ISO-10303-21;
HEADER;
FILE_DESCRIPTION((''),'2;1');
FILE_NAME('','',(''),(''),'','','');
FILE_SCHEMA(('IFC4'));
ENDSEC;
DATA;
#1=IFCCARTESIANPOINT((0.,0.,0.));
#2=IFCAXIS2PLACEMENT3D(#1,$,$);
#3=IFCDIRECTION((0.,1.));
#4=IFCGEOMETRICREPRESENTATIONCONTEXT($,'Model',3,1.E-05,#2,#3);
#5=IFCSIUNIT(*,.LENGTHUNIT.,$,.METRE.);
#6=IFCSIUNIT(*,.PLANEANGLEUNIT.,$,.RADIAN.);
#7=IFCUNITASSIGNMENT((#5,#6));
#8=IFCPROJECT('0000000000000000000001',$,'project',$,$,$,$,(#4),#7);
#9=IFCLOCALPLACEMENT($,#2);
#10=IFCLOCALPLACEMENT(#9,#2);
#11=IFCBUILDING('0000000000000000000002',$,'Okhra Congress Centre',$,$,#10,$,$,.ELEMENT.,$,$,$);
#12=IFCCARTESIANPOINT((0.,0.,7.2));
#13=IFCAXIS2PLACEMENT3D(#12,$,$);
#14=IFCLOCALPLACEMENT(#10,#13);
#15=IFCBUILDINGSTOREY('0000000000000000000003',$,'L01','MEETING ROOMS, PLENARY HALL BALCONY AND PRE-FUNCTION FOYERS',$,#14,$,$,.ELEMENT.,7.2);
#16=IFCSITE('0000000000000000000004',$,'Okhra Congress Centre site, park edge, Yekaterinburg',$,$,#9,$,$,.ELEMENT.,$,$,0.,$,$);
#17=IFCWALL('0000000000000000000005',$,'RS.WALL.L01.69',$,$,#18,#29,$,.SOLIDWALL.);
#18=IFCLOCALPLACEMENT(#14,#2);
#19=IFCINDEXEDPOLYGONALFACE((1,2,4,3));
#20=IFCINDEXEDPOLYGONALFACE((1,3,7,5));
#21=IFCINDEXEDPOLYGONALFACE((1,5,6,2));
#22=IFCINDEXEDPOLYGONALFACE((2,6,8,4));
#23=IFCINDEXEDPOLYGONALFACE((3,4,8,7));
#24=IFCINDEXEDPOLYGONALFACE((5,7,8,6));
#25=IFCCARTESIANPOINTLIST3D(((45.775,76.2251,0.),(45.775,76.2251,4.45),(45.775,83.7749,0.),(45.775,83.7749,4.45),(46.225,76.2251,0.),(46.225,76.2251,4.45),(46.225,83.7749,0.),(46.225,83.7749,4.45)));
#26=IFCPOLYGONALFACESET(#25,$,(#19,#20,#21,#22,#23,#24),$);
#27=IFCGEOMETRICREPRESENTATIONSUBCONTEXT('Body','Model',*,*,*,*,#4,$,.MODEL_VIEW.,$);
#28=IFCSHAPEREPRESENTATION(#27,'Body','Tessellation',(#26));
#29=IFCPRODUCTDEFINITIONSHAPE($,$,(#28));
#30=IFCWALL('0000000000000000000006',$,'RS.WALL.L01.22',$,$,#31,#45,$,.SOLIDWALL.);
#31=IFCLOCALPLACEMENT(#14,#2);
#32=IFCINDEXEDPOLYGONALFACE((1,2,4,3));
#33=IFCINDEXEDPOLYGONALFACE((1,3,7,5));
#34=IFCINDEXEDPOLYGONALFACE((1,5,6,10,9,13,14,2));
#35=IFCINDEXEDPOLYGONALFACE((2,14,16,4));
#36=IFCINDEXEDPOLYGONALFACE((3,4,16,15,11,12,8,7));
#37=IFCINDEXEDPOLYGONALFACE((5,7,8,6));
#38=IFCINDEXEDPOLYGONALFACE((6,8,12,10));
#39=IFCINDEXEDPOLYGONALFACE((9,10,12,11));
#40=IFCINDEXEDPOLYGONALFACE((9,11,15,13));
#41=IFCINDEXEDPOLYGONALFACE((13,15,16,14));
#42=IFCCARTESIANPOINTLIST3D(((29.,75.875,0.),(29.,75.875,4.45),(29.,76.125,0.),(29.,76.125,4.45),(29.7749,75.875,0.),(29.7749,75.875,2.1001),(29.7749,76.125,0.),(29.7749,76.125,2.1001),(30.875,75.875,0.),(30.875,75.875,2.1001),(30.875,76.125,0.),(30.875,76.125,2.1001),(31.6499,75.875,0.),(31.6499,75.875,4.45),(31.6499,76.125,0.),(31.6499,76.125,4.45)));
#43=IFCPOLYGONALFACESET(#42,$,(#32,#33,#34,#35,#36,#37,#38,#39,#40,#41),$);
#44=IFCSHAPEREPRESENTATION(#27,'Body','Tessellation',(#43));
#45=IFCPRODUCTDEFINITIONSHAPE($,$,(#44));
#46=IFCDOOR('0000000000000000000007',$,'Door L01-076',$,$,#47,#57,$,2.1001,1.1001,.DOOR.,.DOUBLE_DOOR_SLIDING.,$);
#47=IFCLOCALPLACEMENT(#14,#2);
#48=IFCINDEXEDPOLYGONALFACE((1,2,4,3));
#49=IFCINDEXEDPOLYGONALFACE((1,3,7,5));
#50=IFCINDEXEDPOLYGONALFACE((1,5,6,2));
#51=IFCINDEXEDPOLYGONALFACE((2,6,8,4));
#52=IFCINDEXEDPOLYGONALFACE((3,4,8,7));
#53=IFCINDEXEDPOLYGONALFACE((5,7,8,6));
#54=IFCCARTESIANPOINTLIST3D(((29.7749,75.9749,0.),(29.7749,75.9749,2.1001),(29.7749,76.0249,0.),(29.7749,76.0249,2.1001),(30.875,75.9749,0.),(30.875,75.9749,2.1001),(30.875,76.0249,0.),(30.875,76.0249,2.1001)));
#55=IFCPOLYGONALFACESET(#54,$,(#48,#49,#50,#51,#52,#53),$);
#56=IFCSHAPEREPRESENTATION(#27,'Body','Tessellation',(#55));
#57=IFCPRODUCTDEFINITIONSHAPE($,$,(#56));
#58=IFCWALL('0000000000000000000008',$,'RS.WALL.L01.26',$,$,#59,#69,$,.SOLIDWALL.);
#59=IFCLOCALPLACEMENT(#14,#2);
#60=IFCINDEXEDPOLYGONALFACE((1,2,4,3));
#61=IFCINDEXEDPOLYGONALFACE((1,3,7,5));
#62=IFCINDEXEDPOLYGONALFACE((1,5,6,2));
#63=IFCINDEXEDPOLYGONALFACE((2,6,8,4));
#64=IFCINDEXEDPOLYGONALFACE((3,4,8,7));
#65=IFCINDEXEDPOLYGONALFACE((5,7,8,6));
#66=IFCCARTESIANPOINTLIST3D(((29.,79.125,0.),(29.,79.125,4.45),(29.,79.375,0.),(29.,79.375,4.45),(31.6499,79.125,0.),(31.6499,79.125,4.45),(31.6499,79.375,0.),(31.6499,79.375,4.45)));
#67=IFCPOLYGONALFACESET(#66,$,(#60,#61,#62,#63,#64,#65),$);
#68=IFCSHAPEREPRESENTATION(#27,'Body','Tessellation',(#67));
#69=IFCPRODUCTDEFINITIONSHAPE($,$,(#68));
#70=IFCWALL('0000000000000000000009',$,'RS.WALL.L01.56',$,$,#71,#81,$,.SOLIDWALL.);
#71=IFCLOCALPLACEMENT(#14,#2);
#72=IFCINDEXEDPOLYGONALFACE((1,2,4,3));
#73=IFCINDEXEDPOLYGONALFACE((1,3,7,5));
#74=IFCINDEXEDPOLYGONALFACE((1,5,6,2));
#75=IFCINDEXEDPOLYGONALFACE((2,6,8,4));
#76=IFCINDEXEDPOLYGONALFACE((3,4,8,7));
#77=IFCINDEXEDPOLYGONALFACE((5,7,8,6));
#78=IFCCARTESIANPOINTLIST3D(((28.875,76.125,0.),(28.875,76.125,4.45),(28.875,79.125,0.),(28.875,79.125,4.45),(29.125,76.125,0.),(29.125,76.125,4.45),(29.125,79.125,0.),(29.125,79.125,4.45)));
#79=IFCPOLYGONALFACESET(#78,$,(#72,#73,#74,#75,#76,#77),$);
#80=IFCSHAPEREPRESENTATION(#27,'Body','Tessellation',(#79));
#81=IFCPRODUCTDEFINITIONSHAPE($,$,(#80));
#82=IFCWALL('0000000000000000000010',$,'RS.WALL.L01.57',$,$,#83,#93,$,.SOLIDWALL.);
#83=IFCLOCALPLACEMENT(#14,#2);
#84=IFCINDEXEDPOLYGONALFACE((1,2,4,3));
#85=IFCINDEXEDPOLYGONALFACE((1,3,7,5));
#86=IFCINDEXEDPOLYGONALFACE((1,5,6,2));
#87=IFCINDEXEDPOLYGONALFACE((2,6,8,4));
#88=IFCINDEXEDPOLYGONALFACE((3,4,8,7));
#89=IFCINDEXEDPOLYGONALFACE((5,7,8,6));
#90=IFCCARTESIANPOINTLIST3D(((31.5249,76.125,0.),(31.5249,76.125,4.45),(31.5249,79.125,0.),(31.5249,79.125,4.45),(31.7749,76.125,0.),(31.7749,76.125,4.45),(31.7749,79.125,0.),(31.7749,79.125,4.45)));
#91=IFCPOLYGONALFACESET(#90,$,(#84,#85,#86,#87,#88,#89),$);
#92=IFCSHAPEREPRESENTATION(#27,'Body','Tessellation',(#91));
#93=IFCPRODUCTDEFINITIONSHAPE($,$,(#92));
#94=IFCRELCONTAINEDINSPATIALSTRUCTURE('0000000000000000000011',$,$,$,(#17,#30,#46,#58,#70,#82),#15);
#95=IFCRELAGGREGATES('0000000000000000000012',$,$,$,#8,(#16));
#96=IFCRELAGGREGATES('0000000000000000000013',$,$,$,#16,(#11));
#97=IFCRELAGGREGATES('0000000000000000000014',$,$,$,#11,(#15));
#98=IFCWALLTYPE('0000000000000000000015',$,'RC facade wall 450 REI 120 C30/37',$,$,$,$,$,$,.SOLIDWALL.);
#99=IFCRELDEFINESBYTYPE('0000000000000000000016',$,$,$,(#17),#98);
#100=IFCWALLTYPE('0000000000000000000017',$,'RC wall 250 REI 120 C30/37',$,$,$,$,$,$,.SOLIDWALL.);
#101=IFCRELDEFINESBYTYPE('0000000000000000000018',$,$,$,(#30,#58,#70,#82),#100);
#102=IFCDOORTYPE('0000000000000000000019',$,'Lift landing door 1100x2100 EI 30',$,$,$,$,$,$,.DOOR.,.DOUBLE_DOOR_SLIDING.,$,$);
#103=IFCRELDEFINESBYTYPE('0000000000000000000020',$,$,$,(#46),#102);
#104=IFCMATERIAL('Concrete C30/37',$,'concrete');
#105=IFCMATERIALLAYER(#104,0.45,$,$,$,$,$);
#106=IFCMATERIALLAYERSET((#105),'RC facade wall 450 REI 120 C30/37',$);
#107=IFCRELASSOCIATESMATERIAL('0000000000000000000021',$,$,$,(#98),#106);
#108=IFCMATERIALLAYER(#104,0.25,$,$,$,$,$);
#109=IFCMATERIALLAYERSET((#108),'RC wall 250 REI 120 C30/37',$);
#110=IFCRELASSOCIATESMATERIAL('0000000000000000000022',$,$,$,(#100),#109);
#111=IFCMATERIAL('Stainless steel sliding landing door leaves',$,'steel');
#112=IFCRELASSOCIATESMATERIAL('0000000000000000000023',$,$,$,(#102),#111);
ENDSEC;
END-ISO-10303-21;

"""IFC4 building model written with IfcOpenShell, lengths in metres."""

from ifc_helpers import new_model, si_unit, direction, frame, frame_2d, origin, place, context, subcontext, project, spatial, rectangle, extrude, material, layer, layer_set, type_object, element, fill, save


model = new_model("IFC4")

# Units and contexts
model_context = context("Model", 3, precision=1e-05, world=origin(), true_north=direction((0.0, 1.0)))
body_context = subcontext(model_context, "Body", "Model", "MODEL_VIEW")
ifc_project = project(units=[si_unit("LENGTHUNIT", "METRE"), si_unit("PLANEANGLEUNIT", "RADIAN")], contexts=[model_context])

# Site, building, storey
site_placement = place(None, origin())
site = spatial("IfcSite", under=ifc_project, at=site_placement, Name="Okhra Congress Centre site, park edge, Yekaterinburg", CompositionType="ELEMENT", RefElevation=0.0)
building_placement = place(site_placement, origin())
building = spatial("IfcBuilding", under=site, at=building_placement, Name="Okhra Congress Centre", CompositionType="ELEMENT")
storey_placement = place(building_placement, frame((0.0, 0.0, 7.2)))
storey = spatial("IfcBuildingStorey", under=building, at=storey_placement, Name="L01", Description="MEETING ROOMS, PLENARY HALL BALCONY AND PRE-FUNCTION FOYERS", CompositionType="ELEMENT", Elevation=7.2)

# Wall
ifc_material_1 = material(Name="Concrete C30/37", Category="concrete")
ifc_layer_1 = layer(ifc_material_1, 0.45)
ifc_layer_set_1 = layer_set([ifc_layer_1], Name="RC facade wall 450 REI 120 C30/37")
wall_type_1 = type_object("IfcWallType", Name="RC facade wall 450 REI 120 C30/37", PredefinedType="SOLIDWALL", material=ifc_layer_set_1)
wall_1_placement = place(storey_placement, frame((46.0, 76.2251, 0.0), z_axis=(0.0, 0.0, 1.0), x_axis=(0.0, 1.0, 0.0)))
element("IfcWall", 1, at=wall_1_placement, inside=storey, type_object=wall_type_1, Name="RS.WALL.L01.69", PredefinedType="SOLIDWALL", context=body_context, shape_type="SweptSolid", body=[
    extrude(rectangle(XDim=7.5498, YDim=0.45, at=frame_2d((3.7749, 0.0))), origin(), (0.0, 0.0, 1.0), 4.45),
])

# Wall, opening, door
ifc_layer_2 = layer(ifc_material_1, 0.25)
ifc_layer_set_2 = layer_set([ifc_layer_2], Name="RC wall 250 REI 120 C30/37")
wall_type_2 = type_object("IfcWallType", Name="RC wall 250 REI 120 C30/37", PredefinedType="SOLIDWALL", material=ifc_layer_set_2)
wall_2_placement = place(storey_placement, frame((29.0, 76.0, 0.0), z_axis=(0.0, 0.0, 1.0), x_axis=(1.0, 0.0, 0.0)))
wall_2 = element("IfcWall", 2, at=wall_2_placement, inside=storey, type_object=wall_type_2, Name="RS.WALL.L01.22", PredefinedType="SOLIDWALL", context=body_context, shape_type="SweptSolid", body=[
    extrude(rectangle(XDim=2.6499, YDim=0.25, at=frame_2d((1.325, 0.0))), origin(), (0.0, 0.0, 1.0), 4.45),
])
opening_1_placement = place(wall_2_placement, frame((0.7749, 0.0, 0.0)))
opening_1 = element("IfcOpeningElement", 3, at=opening_1_placement, cuts=wall_2, PredefinedType="OPENING", context=body_context, shape_type="SweptSolid", body=[
    extrude(rectangle(XDim=1.1001, YDim=2.1001, at=frame_2d((0.55, 1.05))), frame((0.0, 0.135, 0.0), z_axis=(0.0, -1.0, 0.0), x_axis=(1.0, 0.0, 0.0)), (0.0, 0.0, 1.0), 0.27),
])
ifc_material_2 = material(Name="Stainless steel sliding landing door leaves", Category="steel")
door_type_1 = type_object("IfcDoorType", Name="Lift landing door 1100x2100 EI 30", OperationType="DOUBLE_DOOR_SLIDING", PredefinedType="DOOR", material=ifc_material_2)
door_1_placement = place(opening_1_placement, origin())
door_1 = element("IfcDoor", 4, at=door_1_placement, inside=storey, type_object=door_type_1, Name="Door L01-076", OperationType="DOUBLE_DOOR_SLIDING", OverallHeight=2.1001, OverallWidth=1.1001, PredefinedType="DOOR", context=body_context, shape_type="SweptSolid", body=[
    extrude(rectangle(XDim=1.1001, YDim=2.1001, at=frame_2d((0.55, 1.05))), frame((0.0, 0.0249, 0.0), z_axis=(0.0, -1.0, 0.0), x_axis=(1.0, 0.0, 0.0)), (0.0, 0.0, 1.0), 0.05),
])
fill(opening_1, door_1)

# Walls
wall_3_placement = place(storey_placement, frame((29.0, 79.25, 0.0), z_axis=(0.0, 0.0, 1.0), x_axis=(1.0, 0.0, 0.0)))
element("IfcWall", 5, at=wall_3_placement, inside=storey, type_object=wall_type_2, Name="RS.WALL.L01.26", PredefinedType="SOLIDWALL", context=body_context, shape_type="SweptSolid", body=[
    extrude(rectangle(XDim=2.6499, YDim=0.25, at=frame_2d((1.325, 0.0))), origin(), (0.0, 0.0, 1.0), 4.45),
])
for number, where, z_axis, x_axis, name in (
    (6, (29.0, 76.125, 0.0), (0.0, 0.0, 1.0), (0.0, 1.0, 0.0), "RS.WALL.L01.56"),
    (7, (31.6499, 76.125, 0.0), (0.0, 0.0, 1.0), (0.0, 1.0, 0.0), "RS.WALL.L01.57"),
):
    element("IfcWall", number, at=place(storey_placement, frame(where, z_axis=z_axis, x_axis=x_axis)), inside=storey, type_object=wall_type_2, Name=name, PredefinedType="SOLIDWALL", context=body_context, shape_type="SweptSolid", body=[
        extrude(rectangle(XDim=3.0, YDim=0.25, at=frame_2d((1.5, 0.0))), origin(), (0.0, 0.0, 1.0), 4.45),
    ])

save(model, "model.ifc")
